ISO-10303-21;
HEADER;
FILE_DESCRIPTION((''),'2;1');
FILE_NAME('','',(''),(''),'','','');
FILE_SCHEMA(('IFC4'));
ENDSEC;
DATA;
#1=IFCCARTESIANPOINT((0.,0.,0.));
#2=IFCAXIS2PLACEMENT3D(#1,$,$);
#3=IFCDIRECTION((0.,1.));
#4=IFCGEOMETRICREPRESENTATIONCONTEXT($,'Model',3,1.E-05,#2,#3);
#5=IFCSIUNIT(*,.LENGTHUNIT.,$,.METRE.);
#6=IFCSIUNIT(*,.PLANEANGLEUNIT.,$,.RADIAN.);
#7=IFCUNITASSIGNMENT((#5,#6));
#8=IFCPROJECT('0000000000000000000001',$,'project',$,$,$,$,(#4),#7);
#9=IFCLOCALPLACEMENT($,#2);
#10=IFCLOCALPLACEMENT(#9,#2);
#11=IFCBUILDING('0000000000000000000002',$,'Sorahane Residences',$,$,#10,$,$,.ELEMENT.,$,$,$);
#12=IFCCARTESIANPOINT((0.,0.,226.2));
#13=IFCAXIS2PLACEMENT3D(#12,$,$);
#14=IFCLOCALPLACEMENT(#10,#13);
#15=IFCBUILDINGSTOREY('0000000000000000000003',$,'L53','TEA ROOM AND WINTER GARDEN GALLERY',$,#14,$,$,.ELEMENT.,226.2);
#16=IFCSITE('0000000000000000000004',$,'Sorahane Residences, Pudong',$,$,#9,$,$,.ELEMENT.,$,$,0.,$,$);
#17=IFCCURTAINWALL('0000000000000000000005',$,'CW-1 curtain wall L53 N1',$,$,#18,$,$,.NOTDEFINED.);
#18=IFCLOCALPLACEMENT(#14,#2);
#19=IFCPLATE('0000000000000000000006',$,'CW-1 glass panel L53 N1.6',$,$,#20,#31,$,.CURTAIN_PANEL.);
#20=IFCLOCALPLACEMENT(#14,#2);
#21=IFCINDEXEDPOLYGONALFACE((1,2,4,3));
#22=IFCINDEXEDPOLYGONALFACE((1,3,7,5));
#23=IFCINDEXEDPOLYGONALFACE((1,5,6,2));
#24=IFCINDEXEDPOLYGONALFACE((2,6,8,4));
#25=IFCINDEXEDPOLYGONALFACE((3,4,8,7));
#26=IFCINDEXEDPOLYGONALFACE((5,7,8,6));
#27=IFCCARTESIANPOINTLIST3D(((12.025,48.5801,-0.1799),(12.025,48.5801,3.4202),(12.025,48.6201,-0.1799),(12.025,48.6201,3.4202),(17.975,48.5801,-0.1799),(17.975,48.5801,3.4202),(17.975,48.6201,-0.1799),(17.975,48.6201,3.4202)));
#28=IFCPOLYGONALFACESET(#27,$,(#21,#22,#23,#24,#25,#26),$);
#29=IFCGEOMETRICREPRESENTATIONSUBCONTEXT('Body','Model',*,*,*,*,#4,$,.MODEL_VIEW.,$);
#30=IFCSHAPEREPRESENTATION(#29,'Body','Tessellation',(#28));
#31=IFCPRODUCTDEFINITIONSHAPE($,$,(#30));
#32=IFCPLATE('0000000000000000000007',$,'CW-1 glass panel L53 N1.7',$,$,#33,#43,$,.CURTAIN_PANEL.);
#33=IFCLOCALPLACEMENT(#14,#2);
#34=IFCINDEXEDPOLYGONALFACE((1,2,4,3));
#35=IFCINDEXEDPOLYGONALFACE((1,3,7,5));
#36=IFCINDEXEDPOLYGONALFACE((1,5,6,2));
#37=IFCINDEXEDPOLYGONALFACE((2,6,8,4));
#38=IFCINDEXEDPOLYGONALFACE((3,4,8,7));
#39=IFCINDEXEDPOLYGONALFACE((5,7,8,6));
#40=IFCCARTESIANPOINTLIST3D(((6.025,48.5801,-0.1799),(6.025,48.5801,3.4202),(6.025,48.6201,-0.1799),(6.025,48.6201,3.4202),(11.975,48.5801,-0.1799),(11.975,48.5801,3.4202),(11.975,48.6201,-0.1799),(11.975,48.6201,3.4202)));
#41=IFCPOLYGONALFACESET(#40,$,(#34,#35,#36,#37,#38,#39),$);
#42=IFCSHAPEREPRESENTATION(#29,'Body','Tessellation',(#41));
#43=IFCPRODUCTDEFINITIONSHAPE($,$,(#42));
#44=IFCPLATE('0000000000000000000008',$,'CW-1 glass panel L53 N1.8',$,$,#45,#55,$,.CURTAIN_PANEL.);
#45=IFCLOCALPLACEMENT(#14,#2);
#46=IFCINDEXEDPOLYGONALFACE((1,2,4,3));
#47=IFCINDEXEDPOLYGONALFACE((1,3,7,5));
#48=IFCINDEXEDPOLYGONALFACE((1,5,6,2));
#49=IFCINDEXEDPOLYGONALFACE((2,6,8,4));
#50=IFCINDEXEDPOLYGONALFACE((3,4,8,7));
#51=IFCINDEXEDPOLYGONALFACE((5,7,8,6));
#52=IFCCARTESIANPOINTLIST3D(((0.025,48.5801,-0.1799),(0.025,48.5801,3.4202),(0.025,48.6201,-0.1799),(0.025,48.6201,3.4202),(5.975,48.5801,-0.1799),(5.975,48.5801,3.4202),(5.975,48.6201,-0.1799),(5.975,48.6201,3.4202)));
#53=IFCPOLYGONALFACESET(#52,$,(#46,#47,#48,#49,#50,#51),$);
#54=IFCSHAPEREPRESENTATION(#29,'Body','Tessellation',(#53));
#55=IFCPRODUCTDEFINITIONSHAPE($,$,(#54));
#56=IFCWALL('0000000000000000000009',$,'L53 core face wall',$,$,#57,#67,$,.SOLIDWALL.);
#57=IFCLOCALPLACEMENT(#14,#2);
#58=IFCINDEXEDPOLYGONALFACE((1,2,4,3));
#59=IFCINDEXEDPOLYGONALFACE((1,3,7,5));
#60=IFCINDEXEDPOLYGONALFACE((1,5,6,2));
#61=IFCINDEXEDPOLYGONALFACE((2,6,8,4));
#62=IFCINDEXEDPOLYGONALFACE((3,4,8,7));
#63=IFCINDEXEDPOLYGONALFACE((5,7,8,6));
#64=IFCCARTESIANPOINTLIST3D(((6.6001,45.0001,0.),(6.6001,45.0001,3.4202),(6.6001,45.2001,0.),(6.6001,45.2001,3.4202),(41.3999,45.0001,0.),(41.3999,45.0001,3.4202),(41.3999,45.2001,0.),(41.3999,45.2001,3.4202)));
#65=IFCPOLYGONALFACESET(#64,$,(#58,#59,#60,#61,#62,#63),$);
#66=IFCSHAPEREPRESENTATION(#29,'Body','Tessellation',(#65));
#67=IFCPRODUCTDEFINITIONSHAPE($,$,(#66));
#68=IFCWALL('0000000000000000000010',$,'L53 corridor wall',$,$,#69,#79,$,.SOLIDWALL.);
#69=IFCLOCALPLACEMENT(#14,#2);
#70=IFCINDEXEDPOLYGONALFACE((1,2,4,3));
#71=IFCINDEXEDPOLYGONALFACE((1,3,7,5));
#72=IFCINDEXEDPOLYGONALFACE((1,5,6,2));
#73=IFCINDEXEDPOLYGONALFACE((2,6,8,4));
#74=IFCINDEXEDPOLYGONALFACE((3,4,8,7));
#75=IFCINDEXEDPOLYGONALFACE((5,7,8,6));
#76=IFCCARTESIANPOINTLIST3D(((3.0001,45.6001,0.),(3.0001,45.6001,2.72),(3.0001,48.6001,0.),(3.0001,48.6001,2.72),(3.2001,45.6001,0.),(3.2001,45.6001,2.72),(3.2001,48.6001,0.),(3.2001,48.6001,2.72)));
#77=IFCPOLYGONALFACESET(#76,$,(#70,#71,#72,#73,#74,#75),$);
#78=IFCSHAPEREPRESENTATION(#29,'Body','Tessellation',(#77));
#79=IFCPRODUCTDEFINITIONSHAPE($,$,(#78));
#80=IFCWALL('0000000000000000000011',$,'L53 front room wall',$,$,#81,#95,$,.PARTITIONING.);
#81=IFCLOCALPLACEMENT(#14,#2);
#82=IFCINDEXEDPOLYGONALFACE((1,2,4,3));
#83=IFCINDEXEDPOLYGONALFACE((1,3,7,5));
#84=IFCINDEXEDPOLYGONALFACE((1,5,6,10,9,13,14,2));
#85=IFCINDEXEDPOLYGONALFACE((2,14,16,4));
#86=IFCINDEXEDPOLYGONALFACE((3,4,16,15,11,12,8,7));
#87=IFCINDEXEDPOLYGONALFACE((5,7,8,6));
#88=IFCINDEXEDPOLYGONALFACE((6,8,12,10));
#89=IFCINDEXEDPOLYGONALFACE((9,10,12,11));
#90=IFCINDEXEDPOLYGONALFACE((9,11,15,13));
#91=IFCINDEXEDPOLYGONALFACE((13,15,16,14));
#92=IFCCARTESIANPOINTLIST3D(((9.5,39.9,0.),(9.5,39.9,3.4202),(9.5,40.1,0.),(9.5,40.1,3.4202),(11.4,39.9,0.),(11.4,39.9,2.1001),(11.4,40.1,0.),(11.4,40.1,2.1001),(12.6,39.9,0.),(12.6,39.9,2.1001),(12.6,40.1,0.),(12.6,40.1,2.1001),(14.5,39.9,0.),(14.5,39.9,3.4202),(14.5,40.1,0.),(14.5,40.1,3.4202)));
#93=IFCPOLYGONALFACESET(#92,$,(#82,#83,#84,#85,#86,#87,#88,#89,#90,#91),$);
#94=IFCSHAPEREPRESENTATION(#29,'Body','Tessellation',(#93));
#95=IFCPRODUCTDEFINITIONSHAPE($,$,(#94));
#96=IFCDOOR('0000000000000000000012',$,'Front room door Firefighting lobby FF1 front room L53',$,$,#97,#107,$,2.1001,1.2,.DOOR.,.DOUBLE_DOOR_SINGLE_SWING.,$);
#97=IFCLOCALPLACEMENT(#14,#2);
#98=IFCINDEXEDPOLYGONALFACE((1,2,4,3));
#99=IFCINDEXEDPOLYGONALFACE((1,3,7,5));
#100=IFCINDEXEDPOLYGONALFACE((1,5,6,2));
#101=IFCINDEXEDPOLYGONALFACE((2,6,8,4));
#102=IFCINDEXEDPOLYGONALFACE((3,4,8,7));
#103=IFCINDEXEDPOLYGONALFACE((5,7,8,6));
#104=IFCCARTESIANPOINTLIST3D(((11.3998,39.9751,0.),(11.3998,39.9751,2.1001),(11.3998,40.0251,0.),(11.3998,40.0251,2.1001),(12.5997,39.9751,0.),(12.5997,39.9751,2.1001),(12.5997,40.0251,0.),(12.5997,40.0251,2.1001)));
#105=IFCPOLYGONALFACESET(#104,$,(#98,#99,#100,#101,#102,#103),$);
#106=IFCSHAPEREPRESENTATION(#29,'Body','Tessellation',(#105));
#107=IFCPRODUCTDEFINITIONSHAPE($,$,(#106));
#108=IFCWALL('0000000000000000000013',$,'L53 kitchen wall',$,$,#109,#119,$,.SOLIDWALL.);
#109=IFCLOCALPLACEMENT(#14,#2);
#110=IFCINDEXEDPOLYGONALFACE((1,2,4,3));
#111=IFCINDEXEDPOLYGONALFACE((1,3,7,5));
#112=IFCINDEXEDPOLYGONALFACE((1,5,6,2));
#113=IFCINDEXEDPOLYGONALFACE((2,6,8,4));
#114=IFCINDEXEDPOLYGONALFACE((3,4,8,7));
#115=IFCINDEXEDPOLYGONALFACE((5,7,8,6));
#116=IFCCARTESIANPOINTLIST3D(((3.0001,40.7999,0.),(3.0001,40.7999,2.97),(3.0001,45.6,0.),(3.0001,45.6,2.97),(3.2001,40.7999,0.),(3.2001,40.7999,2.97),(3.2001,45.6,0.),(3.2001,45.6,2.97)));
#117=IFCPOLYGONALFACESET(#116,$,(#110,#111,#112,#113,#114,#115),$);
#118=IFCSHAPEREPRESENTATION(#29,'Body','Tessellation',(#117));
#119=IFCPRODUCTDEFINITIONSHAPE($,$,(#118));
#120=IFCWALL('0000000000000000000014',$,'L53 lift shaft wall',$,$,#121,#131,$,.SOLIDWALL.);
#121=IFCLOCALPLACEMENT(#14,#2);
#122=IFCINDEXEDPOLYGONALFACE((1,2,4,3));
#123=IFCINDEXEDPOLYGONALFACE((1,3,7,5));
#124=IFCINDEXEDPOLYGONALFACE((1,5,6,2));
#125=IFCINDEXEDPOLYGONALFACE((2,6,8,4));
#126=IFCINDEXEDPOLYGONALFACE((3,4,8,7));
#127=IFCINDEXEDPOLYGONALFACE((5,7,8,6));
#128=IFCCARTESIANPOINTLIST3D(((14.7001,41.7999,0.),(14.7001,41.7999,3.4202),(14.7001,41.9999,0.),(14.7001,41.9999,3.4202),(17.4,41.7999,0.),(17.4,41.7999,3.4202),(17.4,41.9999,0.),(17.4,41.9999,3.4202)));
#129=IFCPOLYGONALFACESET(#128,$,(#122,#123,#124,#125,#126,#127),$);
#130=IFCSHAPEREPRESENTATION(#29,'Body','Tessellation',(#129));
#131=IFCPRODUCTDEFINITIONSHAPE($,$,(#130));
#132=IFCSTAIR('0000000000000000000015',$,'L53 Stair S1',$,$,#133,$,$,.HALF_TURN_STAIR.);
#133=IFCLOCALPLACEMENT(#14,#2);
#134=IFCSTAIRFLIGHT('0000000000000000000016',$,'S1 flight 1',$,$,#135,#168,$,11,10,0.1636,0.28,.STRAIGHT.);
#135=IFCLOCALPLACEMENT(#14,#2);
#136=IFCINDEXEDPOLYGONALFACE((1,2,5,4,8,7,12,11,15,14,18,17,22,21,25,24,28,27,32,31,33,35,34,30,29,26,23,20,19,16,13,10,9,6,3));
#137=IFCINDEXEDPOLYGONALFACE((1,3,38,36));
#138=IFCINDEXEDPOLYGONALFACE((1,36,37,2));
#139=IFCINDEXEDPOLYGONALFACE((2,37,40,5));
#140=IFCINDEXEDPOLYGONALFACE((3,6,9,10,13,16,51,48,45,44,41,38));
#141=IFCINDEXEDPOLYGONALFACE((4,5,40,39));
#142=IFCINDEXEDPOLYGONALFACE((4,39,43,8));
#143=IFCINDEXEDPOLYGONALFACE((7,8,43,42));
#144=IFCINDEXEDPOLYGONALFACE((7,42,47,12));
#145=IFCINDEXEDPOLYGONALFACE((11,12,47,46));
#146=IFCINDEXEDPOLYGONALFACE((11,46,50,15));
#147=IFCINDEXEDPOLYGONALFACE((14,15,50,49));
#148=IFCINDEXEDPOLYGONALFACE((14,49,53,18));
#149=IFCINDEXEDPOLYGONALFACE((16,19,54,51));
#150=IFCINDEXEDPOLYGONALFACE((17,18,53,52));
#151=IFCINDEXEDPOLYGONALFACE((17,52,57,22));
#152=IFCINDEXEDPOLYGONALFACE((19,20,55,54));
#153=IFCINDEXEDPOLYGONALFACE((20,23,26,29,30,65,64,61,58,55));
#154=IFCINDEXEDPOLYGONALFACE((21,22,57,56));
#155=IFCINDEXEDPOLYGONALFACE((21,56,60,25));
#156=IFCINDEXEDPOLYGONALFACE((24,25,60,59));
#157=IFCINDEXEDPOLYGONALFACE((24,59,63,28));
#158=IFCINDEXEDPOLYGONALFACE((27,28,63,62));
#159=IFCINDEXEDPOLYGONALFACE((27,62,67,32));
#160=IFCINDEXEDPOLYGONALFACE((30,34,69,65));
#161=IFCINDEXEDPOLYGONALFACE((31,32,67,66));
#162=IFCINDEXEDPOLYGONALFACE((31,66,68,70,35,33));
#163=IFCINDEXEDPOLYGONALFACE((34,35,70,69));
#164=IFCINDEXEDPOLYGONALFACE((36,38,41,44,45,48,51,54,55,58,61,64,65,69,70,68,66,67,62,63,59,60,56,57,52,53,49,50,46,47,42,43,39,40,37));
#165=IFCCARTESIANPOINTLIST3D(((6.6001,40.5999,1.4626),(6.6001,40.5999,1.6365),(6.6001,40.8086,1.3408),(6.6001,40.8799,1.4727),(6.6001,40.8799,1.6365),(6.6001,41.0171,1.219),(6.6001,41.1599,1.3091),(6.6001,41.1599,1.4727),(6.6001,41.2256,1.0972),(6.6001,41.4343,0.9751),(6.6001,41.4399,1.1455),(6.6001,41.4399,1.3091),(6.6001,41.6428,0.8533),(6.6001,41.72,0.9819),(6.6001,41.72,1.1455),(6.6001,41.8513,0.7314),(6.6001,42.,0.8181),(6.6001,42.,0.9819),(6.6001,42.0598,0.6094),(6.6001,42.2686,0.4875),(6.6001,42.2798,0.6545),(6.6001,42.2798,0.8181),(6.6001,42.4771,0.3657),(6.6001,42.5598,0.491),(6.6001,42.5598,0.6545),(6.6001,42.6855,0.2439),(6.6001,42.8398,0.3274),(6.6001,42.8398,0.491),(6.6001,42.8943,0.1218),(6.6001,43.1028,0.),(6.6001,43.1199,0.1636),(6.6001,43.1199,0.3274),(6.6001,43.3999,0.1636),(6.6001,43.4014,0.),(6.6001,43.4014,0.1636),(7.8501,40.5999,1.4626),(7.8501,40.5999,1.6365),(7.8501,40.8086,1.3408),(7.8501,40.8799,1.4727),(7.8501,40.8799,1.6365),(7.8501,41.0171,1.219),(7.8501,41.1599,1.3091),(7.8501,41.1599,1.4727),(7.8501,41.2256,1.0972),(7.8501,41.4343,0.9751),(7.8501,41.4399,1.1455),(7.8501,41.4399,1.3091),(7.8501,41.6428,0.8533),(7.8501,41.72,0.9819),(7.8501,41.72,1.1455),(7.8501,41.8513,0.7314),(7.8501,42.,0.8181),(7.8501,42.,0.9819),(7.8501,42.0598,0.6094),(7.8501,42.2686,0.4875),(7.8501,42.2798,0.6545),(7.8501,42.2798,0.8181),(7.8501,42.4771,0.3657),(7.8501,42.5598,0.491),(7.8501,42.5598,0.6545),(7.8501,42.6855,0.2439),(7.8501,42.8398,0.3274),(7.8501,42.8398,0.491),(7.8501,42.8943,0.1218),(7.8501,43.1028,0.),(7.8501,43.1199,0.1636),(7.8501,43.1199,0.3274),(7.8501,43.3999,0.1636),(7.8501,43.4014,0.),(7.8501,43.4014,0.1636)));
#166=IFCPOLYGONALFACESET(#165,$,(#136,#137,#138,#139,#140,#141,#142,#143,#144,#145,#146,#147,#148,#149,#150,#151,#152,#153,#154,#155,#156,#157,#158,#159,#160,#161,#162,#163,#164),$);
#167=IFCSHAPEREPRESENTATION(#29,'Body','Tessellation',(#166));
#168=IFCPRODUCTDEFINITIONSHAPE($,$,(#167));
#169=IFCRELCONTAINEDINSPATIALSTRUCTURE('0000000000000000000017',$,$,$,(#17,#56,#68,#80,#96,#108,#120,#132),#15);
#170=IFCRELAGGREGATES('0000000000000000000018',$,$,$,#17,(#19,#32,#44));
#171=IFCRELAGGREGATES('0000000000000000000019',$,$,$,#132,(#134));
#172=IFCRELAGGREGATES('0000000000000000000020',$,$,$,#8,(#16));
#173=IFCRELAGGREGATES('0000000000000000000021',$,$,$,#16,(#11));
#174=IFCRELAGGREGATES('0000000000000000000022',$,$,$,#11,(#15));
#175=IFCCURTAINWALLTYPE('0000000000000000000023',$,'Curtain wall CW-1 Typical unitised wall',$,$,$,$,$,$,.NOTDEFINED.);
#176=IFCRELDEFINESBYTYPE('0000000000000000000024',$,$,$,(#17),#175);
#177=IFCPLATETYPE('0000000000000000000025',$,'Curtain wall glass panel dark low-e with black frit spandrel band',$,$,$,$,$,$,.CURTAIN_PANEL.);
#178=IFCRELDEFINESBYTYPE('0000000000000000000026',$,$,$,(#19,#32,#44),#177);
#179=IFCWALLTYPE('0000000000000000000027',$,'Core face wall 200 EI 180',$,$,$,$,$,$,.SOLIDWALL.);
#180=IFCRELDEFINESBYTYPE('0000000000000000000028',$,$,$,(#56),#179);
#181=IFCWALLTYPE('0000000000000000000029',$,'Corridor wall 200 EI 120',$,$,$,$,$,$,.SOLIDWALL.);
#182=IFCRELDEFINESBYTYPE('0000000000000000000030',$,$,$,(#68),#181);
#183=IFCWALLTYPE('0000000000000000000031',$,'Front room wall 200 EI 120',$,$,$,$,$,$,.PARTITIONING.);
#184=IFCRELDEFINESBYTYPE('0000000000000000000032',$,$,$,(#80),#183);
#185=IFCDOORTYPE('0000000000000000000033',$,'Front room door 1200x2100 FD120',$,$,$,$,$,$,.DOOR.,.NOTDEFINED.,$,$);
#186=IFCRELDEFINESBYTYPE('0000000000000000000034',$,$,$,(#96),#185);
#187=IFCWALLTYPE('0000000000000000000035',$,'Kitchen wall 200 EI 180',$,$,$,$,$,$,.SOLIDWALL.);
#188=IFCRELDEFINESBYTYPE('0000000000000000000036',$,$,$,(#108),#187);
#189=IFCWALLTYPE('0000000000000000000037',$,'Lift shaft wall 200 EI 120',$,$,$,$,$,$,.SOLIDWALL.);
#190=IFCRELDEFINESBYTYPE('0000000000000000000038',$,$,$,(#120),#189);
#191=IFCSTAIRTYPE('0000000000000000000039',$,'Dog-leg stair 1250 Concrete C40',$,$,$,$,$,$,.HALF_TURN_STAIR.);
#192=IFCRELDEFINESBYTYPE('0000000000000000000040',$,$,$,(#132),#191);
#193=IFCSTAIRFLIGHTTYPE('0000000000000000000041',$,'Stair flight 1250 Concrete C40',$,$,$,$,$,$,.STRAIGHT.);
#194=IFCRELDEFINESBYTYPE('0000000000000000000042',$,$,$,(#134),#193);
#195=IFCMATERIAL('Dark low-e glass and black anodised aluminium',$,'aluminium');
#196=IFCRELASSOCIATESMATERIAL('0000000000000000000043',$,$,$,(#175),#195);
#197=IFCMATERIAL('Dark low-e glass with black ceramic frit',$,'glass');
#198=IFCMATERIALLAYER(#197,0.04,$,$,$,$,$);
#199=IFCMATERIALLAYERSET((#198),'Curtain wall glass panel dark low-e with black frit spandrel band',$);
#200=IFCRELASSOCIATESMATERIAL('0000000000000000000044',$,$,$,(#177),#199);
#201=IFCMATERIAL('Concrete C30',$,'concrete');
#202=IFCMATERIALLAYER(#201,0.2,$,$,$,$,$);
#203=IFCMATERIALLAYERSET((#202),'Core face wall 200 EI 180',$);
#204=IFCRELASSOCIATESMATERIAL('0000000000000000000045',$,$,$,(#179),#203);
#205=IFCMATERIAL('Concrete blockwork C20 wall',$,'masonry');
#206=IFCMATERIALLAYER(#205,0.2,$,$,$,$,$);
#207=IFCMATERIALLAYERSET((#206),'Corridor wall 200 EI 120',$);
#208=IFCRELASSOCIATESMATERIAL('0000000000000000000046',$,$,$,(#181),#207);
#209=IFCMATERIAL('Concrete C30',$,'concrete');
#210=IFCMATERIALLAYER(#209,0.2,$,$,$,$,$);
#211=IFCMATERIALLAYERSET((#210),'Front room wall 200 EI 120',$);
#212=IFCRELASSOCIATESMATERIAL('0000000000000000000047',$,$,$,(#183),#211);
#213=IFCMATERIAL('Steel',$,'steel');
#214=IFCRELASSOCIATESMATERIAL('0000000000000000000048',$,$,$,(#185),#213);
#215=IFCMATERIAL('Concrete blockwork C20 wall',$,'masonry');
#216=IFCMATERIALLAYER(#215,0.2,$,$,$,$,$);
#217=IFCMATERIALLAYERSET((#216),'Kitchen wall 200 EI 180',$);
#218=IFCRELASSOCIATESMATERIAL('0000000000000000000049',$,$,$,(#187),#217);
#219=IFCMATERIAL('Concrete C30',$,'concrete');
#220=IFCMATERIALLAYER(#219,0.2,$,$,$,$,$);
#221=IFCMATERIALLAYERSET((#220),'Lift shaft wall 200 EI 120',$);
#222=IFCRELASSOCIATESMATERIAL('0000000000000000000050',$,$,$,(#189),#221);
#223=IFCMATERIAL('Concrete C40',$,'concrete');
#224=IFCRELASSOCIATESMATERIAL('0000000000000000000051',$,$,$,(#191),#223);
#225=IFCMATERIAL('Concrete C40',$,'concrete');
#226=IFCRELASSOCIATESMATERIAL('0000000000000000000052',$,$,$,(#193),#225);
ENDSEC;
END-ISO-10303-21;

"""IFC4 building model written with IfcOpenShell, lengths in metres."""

from ifc_helpers import new_model, si_unit, direction, frame, frame_2d, origin, origin_2d, place, context, subcontext, project, spatial, polyline, rectangle, outline, extrude, material, layer, layer_set, type_object, element, fill, aggregate, save


model = new_model("IFC4")

# Units and contexts
model_context = context("Model", 3, precision=1e-05, world=origin(), true_north=direction((0.0, 1.0)))
body_context = subcontext(model_context, "Body", "Model", "MODEL_VIEW")
ifc_project = project(units=[si_unit("LENGTHUNIT", "METRE"), si_unit("PLANEANGLEUNIT", "RADIAN")], contexts=[model_context])

# Site, building, storey
site_placement = place(None, origin())
site = spatial("IfcSite", under=ifc_project, at=site_placement, Name="Sorahane Residences, Pudong", CompositionType="ELEMENT", RefElevation=0.0)
building_placement = place(site_placement, origin())
building = spatial("IfcBuilding", under=site, at=building_placement, Name="Sorahane Residences", CompositionType="ELEMENT")
storey_placement = place(building_placement, frame((0.0, 0.0, 226.2)))
storey = spatial("IfcBuildingStorey", under=building, at=storey_placement, Name="L53", Description="TEA ROOM AND WINTER GARDEN GALLERY", CompositionType="ELEMENT", Elevation=226.2)

# Curtain wall
ifc_material_1 = material(Name="Dark low-e glass and black anodised aluminium", Category="aluminium")
curtain_wall_type = type_object("IfcCurtainWallType", Name="Curtain wall CW-1 Typical unitised wall", PredefinedType="NOTDEFINED", material=ifc_material_1)
curtain_wall_placement = place(storey_placement, origin())
curtain_wall = element("IfcCurtainWall", 1, at=curtain_wall_placement, inside=storey, type_object=curtain_wall_type, Name="CW-1 curtain wall L53 N1", PredefinedType="NOTDEFINED")

# Plates
ifc_material_2 = material(Name="Dark low-e glass with black ceramic frit", Category="glass")
ifc_layer_1 = layer(ifc_material_2, 0.04)
ifc_layer_set_1 = layer_set([ifc_layer_1], Name="Curtain wall glass panel dark low-e with black frit spandrel band")
plate_type = type_object("IfcPlateType", Name="Curtain wall glass panel dark low-e with black frit spandrel band", PredefinedType="CURTAIN_PANEL", material=ifc_layer_set_1)
plate_1_placement = place(storey_placement, frame((15.0, 48.6001, -0.1799), z_axis=(0.0, 0.0, 1.0), x_axis=(-1.0, 0.0, 0.0)))
plate_1 = element("IfcPlate", 2, at=plate_1_placement, type_object=plate_type, Name="CW-1 glass panel L53 N1.6", PredefinedType="CURTAIN_PANEL", context=body_context, shape_type="SweptSolid", body=[
    extrude(rectangle(XDim=5.95, YDim=0.04, at=origin_2d()), origin(), (0.0, 0.0, 1.0), 3.6001),
])
plate_2_placement = place(storey_placement, frame((9.0, 48.6001, -0.1799), z_axis=(0.0, 0.0, 1.0), x_axis=(-1.0, 0.0, 0.0)))
plate_2 = element("IfcPlate", 3, at=plate_2_placement, type_object=plate_type, Name="CW-1 glass panel L53 N1.7", PredefinedType="CURTAIN_PANEL", context=body_context, shape_type="SweptSolid", body=[
    extrude(rectangle(XDim=5.95, YDim=0.04, at=origin_2d()), origin(), (0.0, 0.0, 1.0), 3.6001),
])
plate_3_placement = place(storey_placement, frame((3.0, 48.6001, -0.1799), z_axis=(0.0, 0.0, 1.0), x_axis=(-1.0, 0.0, 0.0)))
plate_3 = element("IfcPlate", 4, at=plate_3_placement, type_object=plate_type, Name="CW-1 glass panel L53 N1.8", PredefinedType="CURTAIN_PANEL", context=body_context, shape_type="SweptSolid", body=[
    extrude(rectangle(XDim=5.95, YDim=0.04, at=origin_2d()), origin(), (0.0, 0.0, 1.0), 3.6001),
])
aggregate(curtain_wall, [plate_1, plate_2, plate_3])

# Walls
ifc_material_3 = material(Name="Concrete C30", Category="concrete")
ifc_layer_2 = layer(ifc_material_3, 0.2)
ifc_layer_set_2 = layer_set([ifc_layer_2], Name="Core face wall 200 EI 180")
wall_type_1 = type_object("IfcWallType", Name="Core face wall 200 EI 180", PredefinedType="SOLIDWALL", material=ifc_layer_set_2)
wall_1_placement = place(storey_placement, frame((6.6001, 45.1001, 0.0), z_axis=(0.0, 0.0, 1.0), x_axis=(1.0, 0.0, 0.0)))
element("IfcWall", 5, at=wall_1_placement, inside=storey, type_object=wall_type_1, Name="L53 core face wall", PredefinedType="SOLIDWALL", context=body_context, shape_type="SweptSolid", body=[
    extrude(rectangle(XDim=34.7998, YDim=0.2, at=frame_2d((17.3999, 0.0))), origin(), (0.0, 0.0, 1.0), 3.4202),
])
ifc_material_4 = material(Name="Concrete blockwork C20 wall", Category="masonry")
ifc_layer_3 = layer(ifc_material_4, 0.2)
ifc_layer_set_3 = layer_set([ifc_layer_3], Name="Corridor wall 200 EI 120")
wall_type_2 = type_object("IfcWallType", Name="Corridor wall 200 EI 120", PredefinedType="SOLIDWALL", material=ifc_layer_set_3)
wall_2_placement = place(storey_placement, frame((3.1001, 45.6001, 0.0), z_axis=(0.0, 0.0, 1.0), x_axis=(0.0, 1.0, 0.0)))
element("IfcWall", 6, at=wall_2_placement, inside=storey, type_object=wall_type_2, Name="L53 corridor wall", PredefinedType="SOLIDWALL", context=body_context, shape_type="SweptSolid", body=[
    extrude(rectangle(XDim=3.0, YDim=0.2, at=frame_2d((1.5, 0.0))), origin(), (0.0, 0.0, 1.0), 2.72),
])

# Wall, opening, door
ifc_material_5 = material(Name="Concrete C30", Category="concrete")
ifc_layer_4 = layer(ifc_material_5, 0.2)
ifc_layer_set_4 = layer_set([ifc_layer_4], Name="Front room wall 200 EI 120")
wall_type_3 = type_object("IfcWallType", Name="Front room wall 200 EI 120", PredefinedType="PARTITIONING", material=ifc_layer_set_4)
wall_3_placement = place(storey_placement, frame((9.5, 40.0, 0.0), z_axis=(0.0, 0.0, 1.0), x_axis=(1.0, 0.0, 0.0)))
wall_3 = element("IfcWall", 7, at=wall_3_placement, inside=storey, type_object=wall_type_3, Name="L53 front room wall", PredefinedType="PARTITIONING", context=body_context, shape_type="SweptSolid", body=[
    extrude(rectangle(XDim=5.0, YDim=0.2, at=frame_2d((2.5, 0.0))), origin(), (0.0, 0.0, 1.0), 3.4202),
])
opening_placement = place(wall_3_placement, frame((1.8999, 0.0, 0.0)))
opening = element("IfcOpeningElement", 8, at=opening_placement, cuts=wall_3, PredefinedType="OPENING", context=body_context, shape_type="SweptSolid", body=[
    extrude(rectangle(XDim=1.2, YDim=2.1001, at=frame_2d((0.6001, 1.05))), frame((0.0, 0.1099, 0.0), z_axis=(0.0, -1.0, 0.0), x_axis=(1.0, 0.0, 0.0)), (0.0, 0.0, 1.0), 0.22),
])
ifc_material_6 = material(Name="Steel", Category="steel")
door_type = type_object("IfcDoorType", Name="Front room door 1200x2100 FD120", OperationType="NOTDEFINED", PredefinedType="DOOR", material=ifc_material_6)
door_placement = place(opening_placement, frame((1.2, 0.0, 0.0), z_axis=(0.0, 0.0, 1.0), x_axis=(-1.0, 0.0, 0.0)))
door = element("IfcDoor", 9, at=door_placement, inside=storey, type_object=door_type, Name="Front room door Firefighting lobby FF1 front room L53", OperationType="DOUBLE_DOOR_SINGLE_SWING", OverallHeight=2.1001, OverallWidth=1.2, PredefinedType="DOOR", context=body_context, shape_type="SweptSolid", body=[
    extrude(rectangle(XDim=1.2, YDim=2.1001, at=frame_2d((0.6001, 1.05))), frame((0.0, 0.0249, 0.0), z_axis=(0.0, -1.0, 0.0), x_axis=(1.0, 0.0, 0.0)), (0.0, 0.0, 1.0), 0.05),
])
fill(opening, door)

# Walls
ifc_material_7 = material(Name="Concrete blockwork C20 wall", Category="masonry")
ifc_layer_5 = layer(ifc_material_7, 0.2)
ifc_layer_set_5 = layer_set([ifc_layer_5], Name="Kitchen wall 200 EI 180")
wall_type_4 = type_object("IfcWallType", Name="Kitchen wall 200 EI 180", PredefinedType="SOLIDWALL", material=ifc_layer_set_5)
wall_4_placement = place(storey_placement, frame((3.1001, 40.8, 0.0), z_axis=(0.0, 0.0, 1.0), x_axis=(0.0, 1.0, 0.0)))
element("IfcWall", 10, at=wall_4_placement, inside=storey, type_object=wall_type_4, Name="L53 kitchen wall", PredefinedType="SOLIDWALL", context=body_context, shape_type="SweptSolid", body=[
    extrude(rectangle(XDim=4.8, YDim=0.2, at=frame_2d((2.3999, 0.0))), origin(), (0.0, 0.0, 1.0), 2.97),
])
ifc_material_8 = material(Name="Concrete C30", Category="concrete")
ifc_layer_6 = layer(ifc_material_8, 0.2)
ifc_layer_set_6 = layer_set([ifc_layer_6], Name="Lift shaft wall 200 EI 120")
wall_type_5 = type_object("IfcWallType", Name="Lift shaft wall 200 EI 120", PredefinedType="SOLIDWALL", material=ifc_layer_set_6)
wall_5_placement = place(storey_placement, frame((14.7, 41.8999, 0.0), z_axis=(0.0, 0.0, 1.0), x_axis=(1.0, 0.0, 0.0)))
element("IfcWall", 11, at=wall_5_placement, inside=storey, type_object=wall_type_5, Name="L53 lift shaft wall", PredefinedType="SOLIDWALL", context=body_context, shape_type="SweptSolid", body=[
    extrude(rectangle(XDim=2.7, YDim=0.2, at=frame_2d((1.3501, 0.0))), origin(), (0.0, 0.0, 1.0), 3.4202),
])

# Stair, stair flight
ifc_material_9 = material(Name="Concrete C40", Category="concrete")
stair_type = type_object("IfcStairType", Name="Dog-leg stair 1250 Concrete C40", PredefinedType="HALF_TURN_STAIR", material=ifc_material_9)
stair_placement = place(storey_placement, origin())
stair = element("IfcStair", 12, at=stair_placement, inside=storey, type_object=stair_type, Name="L53 Stair S1", PredefinedType="HALF_TURN_STAIR")
ifc_material_10 = material(Name="Concrete C40", Category="concrete")
stair_flight_type = type_object("IfcStairFlightType", Name="Stair flight 1250 Concrete C40", PredefinedType="STRAIGHT", material=ifc_material_10)
stair_flight_1_placement = place(storey_placement, frame((7.2251, 43.3999, 0.0), z_axis=(0.0, 0.0, 1.0), x_axis=(0.0, -1.0, 0.0)))
stair_flight_1 = element("IfcStairFlight", 13, at=stair_flight_1_placement, type_object=stair_flight_type, Name="S1 flight 1", NumberOfRisers=11, NumberOfTreads=10, PredefinedType="STRAIGHT", RiserHeight=0.1636, TreadLength=0.28, context=body_context, shape_type="SweptSolid", body=[
    extrude(outline(polyline([(-0.0015, 0.0), (-0.0015, 0.1636), (0.0, 0.1636), (0.28, 0.1636), (0.28, 0.3274), (0.5601, 0.3274), (0.5601, 0.491), (0.8401, 0.491), (0.8401, 0.6545), (1.1201, 0.6545), (1.1201, 0.8181), (1.3999, 0.8181), (1.3999, 0.9819), (1.6799, 0.9819), (1.6799, 1.1455), (1.96, 1.1455), (1.96, 1.3091), (2.24, 1.3091), (2.24, 1.4727), (2.52, 1.4727), (2.52, 1.6365), (2.8, 1.6365), (2.8, 1.8), (2.8, 1.4626), (2.5913, 1.3408), (2.3828, 1.219), (2.1743, 1.0972), (1.9656, 0.9751), (1.7571, 0.8533), (1.5486, 0.7314), (1.3401, 0.6094), (1.1313, 0.4875), (0.9229, 0.3657), (0.7144, 0.2439), (0.5056, 0.1218), (0.2971, 0.0), (-0.0015, 0.0)])), frame((0.0, 0.625, 0.0), z_axis=(0.0, -1.0, 0.0), x_axis=(1.0, 0.0, 0.0)), (0.0, 0.0, 1.0), 1.25),
])
aggregate(stair, [stair_flight_1])

save(model, "model.ifc")
